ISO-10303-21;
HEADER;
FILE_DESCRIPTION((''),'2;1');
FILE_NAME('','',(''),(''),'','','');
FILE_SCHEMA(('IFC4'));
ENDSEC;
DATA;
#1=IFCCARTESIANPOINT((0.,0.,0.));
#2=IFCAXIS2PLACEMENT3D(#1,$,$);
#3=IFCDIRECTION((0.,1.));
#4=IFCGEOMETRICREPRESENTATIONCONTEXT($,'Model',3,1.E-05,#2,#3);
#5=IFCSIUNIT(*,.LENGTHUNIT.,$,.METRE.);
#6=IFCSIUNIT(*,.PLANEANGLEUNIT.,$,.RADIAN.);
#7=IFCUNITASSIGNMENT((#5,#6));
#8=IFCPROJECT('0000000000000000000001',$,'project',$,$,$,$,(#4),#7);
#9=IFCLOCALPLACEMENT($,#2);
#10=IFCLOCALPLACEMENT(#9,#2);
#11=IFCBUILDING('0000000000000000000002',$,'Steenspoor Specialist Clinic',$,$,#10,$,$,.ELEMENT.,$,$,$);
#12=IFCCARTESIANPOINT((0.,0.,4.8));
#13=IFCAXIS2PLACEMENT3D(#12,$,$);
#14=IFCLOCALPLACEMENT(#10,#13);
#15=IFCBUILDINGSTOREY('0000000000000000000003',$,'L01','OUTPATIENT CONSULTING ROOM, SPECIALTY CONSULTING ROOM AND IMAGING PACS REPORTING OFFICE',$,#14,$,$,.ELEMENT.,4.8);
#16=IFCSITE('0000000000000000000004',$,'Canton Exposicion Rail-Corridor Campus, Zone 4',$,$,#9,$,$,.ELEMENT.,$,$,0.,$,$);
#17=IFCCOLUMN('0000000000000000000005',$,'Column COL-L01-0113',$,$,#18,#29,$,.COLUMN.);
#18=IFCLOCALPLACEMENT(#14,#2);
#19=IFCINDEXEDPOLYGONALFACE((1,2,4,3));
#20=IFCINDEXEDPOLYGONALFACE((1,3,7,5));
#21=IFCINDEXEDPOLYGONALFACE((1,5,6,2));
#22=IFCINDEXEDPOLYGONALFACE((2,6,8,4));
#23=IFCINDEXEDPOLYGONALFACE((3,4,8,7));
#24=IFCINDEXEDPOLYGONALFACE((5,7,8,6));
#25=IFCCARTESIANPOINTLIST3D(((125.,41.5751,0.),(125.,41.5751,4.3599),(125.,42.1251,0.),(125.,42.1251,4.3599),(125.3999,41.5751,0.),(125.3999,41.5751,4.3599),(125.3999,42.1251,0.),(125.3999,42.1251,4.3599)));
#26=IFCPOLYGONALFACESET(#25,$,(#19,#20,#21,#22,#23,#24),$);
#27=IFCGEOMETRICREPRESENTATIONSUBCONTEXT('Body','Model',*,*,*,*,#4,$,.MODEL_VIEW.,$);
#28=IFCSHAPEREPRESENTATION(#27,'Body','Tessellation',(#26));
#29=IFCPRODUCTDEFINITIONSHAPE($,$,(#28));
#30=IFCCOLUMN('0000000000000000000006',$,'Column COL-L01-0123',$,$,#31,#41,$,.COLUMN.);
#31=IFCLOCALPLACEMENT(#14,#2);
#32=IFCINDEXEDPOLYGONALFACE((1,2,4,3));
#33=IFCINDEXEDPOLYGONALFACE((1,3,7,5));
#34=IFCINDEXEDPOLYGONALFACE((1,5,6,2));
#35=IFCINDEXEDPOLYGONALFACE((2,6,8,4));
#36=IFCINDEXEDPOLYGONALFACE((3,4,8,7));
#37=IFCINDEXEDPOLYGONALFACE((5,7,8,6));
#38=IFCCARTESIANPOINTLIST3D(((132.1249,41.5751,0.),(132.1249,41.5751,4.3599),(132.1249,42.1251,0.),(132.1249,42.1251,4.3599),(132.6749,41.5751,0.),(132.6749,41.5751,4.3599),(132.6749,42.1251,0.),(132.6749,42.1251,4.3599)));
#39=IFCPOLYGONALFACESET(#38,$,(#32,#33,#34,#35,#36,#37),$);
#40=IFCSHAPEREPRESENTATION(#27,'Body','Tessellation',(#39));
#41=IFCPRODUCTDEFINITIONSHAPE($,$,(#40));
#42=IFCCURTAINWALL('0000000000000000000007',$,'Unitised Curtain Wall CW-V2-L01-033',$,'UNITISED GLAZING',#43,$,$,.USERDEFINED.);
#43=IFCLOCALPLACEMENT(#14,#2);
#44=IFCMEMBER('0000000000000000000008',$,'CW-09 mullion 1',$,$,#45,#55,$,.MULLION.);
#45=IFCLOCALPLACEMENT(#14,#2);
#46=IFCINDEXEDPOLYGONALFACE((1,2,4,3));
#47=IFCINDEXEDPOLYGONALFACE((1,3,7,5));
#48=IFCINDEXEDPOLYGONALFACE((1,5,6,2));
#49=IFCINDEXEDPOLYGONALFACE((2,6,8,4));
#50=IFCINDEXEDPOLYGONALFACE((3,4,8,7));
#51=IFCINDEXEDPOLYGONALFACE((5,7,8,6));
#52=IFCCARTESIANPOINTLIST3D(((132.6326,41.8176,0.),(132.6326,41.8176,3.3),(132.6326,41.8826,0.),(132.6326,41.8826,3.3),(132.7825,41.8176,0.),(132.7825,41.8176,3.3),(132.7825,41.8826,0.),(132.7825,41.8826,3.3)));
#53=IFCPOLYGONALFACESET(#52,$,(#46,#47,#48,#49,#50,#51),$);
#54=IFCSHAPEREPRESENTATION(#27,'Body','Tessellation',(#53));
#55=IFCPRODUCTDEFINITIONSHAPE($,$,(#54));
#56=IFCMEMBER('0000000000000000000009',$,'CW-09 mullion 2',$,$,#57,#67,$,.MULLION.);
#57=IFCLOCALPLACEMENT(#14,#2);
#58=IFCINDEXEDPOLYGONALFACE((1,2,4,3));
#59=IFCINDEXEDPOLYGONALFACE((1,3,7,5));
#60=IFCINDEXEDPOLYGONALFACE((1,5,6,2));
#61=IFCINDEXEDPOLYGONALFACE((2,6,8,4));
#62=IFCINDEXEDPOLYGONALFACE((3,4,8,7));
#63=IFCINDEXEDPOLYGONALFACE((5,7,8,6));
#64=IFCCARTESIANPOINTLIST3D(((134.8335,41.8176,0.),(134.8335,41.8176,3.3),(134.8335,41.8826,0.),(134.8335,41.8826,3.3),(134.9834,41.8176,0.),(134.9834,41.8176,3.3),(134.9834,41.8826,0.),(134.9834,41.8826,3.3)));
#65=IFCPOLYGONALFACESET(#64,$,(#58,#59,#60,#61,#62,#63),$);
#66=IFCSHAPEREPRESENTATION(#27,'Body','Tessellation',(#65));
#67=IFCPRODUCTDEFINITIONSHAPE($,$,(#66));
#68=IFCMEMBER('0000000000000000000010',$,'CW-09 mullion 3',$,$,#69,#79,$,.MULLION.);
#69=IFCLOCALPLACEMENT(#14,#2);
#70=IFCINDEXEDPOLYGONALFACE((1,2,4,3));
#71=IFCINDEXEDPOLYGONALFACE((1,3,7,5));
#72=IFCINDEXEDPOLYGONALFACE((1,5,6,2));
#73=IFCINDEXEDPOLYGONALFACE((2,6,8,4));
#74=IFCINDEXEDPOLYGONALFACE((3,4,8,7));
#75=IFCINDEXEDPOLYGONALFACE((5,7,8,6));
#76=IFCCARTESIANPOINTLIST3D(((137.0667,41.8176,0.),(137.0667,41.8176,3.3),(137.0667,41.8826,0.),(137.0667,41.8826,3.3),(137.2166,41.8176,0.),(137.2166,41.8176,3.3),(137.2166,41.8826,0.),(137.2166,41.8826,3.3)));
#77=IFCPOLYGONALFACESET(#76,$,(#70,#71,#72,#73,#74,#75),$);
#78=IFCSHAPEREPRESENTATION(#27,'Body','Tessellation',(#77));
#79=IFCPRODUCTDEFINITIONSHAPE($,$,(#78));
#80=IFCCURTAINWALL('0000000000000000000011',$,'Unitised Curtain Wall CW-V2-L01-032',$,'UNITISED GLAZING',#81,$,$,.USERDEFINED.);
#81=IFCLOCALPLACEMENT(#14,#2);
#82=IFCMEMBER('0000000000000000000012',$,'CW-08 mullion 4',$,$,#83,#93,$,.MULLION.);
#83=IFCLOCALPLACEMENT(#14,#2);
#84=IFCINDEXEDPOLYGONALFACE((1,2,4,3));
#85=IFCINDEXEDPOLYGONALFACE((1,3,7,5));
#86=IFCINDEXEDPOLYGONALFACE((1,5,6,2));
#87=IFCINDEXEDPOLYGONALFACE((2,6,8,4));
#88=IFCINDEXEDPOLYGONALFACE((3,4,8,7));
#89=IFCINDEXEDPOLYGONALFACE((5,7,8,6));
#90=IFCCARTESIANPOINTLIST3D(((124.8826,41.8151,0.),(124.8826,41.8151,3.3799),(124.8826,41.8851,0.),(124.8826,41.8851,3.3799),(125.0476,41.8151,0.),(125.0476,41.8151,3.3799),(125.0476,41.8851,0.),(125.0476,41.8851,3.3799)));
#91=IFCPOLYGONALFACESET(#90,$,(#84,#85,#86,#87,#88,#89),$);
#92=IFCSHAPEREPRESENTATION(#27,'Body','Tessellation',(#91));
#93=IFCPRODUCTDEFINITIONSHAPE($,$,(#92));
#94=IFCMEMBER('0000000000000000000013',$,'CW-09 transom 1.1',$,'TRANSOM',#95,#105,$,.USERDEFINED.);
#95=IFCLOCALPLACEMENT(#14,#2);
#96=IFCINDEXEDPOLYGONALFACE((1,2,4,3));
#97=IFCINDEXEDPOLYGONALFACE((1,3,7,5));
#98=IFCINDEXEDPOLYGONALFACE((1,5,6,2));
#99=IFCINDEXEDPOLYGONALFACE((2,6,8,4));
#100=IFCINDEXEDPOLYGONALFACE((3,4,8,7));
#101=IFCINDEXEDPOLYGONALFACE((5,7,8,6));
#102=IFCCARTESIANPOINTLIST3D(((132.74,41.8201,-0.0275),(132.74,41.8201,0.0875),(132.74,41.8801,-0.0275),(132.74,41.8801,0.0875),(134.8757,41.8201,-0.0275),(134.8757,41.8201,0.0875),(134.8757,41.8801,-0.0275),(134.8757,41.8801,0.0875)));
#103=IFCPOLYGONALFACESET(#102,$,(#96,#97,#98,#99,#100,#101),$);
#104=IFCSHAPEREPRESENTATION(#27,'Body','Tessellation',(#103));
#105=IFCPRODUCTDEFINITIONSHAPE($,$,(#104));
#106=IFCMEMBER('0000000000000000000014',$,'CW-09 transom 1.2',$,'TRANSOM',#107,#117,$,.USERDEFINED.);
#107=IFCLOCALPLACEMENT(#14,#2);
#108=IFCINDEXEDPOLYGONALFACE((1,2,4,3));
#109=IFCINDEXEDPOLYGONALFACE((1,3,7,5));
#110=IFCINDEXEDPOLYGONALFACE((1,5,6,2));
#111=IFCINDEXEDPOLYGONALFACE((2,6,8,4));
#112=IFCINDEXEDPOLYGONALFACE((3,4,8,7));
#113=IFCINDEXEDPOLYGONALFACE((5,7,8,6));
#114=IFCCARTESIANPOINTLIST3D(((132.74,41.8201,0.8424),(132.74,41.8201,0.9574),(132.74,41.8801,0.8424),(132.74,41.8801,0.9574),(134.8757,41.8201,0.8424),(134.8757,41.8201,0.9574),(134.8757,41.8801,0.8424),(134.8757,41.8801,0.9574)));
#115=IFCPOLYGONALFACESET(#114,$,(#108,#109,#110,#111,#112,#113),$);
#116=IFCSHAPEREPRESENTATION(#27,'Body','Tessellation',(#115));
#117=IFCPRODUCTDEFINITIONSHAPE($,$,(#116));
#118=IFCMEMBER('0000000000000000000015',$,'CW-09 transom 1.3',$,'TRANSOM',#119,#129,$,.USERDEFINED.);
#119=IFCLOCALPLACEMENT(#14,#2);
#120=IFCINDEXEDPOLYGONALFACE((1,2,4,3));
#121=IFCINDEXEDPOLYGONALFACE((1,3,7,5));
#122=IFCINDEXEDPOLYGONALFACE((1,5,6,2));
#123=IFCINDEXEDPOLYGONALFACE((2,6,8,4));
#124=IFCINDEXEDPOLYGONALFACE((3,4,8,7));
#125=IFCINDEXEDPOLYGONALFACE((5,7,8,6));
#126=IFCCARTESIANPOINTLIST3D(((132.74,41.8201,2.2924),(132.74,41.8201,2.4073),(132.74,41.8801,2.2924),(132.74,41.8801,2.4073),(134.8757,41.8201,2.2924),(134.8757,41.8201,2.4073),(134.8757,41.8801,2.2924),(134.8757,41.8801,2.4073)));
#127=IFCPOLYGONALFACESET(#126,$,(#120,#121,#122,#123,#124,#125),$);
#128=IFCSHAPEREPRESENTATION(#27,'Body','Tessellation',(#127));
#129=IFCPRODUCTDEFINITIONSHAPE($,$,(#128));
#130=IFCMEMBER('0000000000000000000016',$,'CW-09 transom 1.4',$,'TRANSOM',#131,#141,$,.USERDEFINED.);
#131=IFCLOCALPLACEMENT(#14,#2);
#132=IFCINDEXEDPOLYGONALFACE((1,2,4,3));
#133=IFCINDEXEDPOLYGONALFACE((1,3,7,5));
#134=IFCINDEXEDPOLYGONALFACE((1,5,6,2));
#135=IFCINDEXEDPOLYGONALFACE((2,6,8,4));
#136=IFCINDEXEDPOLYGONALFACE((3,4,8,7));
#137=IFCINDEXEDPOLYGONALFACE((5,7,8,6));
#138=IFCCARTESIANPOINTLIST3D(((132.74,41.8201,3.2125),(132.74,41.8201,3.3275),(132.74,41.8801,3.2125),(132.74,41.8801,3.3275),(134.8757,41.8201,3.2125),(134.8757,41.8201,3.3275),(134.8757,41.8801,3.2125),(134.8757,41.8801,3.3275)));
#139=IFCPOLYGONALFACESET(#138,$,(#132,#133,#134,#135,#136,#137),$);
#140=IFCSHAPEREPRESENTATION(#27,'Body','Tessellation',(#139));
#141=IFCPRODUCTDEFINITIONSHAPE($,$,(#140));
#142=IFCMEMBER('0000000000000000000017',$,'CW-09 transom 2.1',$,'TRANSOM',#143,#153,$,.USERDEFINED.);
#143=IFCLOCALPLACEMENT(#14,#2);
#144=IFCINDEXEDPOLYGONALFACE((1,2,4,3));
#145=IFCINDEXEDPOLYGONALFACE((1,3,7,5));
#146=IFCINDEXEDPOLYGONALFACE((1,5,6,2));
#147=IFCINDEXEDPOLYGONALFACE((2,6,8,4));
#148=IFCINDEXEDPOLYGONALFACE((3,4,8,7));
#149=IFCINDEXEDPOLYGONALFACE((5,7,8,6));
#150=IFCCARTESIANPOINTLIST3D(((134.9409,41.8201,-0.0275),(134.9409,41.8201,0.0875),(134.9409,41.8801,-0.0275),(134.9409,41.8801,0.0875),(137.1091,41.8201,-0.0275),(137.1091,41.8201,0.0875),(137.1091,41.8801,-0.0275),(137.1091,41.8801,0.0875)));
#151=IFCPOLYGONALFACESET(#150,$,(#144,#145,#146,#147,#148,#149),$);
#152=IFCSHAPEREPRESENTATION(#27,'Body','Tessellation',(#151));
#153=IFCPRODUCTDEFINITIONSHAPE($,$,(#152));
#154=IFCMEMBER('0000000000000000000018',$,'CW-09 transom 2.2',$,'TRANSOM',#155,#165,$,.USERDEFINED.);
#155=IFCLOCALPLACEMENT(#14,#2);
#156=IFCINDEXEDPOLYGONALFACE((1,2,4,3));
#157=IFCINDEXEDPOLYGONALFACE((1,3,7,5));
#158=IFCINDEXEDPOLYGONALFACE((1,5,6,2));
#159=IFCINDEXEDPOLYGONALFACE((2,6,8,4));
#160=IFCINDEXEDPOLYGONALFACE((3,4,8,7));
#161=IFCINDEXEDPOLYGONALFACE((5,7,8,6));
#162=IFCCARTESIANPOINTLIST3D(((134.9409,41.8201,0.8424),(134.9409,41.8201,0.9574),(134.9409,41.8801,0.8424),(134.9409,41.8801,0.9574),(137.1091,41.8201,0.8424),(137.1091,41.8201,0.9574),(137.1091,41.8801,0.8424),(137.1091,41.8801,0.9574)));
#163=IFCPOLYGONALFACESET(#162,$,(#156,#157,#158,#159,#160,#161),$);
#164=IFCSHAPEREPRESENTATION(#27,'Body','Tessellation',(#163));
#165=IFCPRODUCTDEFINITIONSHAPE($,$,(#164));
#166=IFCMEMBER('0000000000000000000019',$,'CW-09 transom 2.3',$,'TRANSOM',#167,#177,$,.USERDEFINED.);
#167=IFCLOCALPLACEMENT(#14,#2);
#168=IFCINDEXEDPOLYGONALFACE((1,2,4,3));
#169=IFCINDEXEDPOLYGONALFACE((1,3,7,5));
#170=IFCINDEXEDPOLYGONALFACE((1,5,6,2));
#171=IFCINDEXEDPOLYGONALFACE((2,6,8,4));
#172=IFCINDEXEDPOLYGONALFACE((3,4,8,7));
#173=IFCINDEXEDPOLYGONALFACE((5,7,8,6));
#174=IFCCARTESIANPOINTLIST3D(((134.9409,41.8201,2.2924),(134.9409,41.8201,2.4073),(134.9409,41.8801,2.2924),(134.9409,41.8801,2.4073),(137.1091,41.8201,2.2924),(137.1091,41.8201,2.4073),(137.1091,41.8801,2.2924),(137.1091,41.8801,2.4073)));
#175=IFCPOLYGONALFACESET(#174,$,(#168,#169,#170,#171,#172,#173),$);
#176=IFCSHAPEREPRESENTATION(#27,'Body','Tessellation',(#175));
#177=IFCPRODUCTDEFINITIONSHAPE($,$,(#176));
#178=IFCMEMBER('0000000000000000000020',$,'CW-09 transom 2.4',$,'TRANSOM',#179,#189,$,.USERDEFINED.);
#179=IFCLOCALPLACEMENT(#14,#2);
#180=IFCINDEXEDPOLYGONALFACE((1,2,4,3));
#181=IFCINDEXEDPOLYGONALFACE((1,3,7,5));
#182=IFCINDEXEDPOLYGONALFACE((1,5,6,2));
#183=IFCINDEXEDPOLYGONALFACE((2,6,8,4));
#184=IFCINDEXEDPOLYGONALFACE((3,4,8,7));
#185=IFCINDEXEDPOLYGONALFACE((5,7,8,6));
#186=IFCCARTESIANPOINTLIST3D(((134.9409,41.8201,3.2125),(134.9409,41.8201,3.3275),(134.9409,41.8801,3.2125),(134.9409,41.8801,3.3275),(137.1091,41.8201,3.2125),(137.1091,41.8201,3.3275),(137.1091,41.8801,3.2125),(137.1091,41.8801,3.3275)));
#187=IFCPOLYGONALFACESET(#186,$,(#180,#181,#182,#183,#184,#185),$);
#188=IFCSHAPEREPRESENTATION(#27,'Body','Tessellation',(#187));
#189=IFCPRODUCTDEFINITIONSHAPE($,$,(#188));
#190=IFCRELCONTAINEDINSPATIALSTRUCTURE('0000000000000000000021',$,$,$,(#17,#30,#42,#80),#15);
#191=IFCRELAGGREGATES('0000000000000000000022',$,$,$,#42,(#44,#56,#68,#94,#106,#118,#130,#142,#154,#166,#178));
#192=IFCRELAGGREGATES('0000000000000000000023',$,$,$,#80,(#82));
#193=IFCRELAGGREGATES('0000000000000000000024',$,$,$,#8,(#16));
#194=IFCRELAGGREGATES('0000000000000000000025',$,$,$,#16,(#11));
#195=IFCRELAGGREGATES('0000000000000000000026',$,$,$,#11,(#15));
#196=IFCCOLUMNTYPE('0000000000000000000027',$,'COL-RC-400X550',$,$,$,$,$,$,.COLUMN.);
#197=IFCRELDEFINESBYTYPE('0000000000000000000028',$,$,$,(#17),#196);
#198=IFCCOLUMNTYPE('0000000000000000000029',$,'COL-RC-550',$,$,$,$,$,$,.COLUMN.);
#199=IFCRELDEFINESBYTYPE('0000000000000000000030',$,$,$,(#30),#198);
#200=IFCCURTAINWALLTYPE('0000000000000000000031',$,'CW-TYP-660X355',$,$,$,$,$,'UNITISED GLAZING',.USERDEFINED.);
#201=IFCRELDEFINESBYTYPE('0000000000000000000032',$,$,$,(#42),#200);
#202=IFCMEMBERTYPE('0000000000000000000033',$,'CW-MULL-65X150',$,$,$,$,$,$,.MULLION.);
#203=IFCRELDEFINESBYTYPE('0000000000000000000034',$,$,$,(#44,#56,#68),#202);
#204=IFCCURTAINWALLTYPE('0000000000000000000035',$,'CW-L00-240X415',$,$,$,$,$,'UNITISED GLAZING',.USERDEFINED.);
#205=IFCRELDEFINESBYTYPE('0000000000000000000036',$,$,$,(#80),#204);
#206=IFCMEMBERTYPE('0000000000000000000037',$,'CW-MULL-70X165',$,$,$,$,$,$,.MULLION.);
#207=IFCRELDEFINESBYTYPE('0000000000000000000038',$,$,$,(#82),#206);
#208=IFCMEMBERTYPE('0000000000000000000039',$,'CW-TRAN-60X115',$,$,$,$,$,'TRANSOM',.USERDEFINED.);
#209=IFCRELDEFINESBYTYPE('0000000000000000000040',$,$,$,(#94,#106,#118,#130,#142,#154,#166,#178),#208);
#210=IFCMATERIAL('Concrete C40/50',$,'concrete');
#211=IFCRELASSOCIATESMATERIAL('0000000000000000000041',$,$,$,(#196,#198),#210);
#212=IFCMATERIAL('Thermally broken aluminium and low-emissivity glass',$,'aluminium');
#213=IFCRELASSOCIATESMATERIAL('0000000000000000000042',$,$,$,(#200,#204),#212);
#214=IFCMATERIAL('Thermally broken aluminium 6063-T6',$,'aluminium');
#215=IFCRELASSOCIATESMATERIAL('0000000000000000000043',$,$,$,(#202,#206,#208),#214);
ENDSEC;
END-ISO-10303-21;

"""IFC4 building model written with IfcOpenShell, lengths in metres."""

from ifc_helpers import new_model, si_unit, direction, frame, origin, origin_2d, place, context, subcontext, project, spatial, rectangle, extrude, material, material_profile, profile_set, type_object, element, aggregate, save


model = new_model("IFC4")

# Units and contexts
model_context = context("Model", 3, precision=1e-05, world=origin(), true_north=direction((0.0, 1.0)))
body_context = subcontext(model_context, "Body", "Model", "MODEL_VIEW")
ifc_project = project(units=[si_unit("LENGTHUNIT", "METRE"), si_unit("PLANEANGLEUNIT", "RADIAN")], contexts=[model_context])

# Site, building, storey
site_placement = place(None, origin())
site = spatial("IfcSite", under=ifc_project, at=site_placement, Name="Canton Exposicion Rail-Corridor Campus, Zone 4", CompositionType="ELEMENT", RefElevation=0.0)
building_placement = place(site_placement, origin())
building = spatial("IfcBuilding", under=site, at=building_placement, Name="Steenspoor Specialist Clinic", CompositionType="ELEMENT")
storey_placement = place(building_placement, frame((0.0, 0.0, 4.8)))
storey = spatial("IfcBuildingStorey", under=building, at=storey_placement, Name="L01", Description="OUTPATIENT CONSULTING ROOM, SPECIALTY CONSULTING ROOM AND IMAGING PACS REPORTING OFFICE", CompositionType="ELEMENT", Elevation=4.8)

# Columns
ifc_material_1 = material(Name="Concrete C40/50", Category="concrete")
ifc_material_profile_1 = material_profile(ifc_material_1, rectangle(XDim=0.3999, YDim=0.55, at=origin_2d()), Name="RC-COL-400X550")
ifc_profile_set_1 = profile_set([ifc_material_profile_1], Name="Concrete C40/50")
column_type_1 = type_object("IfcColumnType", Name="COL-RC-400X550", PredefinedType="COLUMN", material=ifc_profile_set_1)
column_1_placement = place(storey_placement, frame((125.2, 41.8501, 0.0), z_axis=(0.0, 0.0, 1.0), x_axis=(1.0, 0.0, 0.0)))
element("IfcColumn", 1, at=column_1_placement, inside=storey, type_object=column_type_1, Name="Column COL-L01-0113", PredefinedType="COLUMN", context=body_context, shape_type="SweptSolid", body=[
    extrude(rectangle(XDim=0.3999, YDim=0.55, at=origin_2d()), origin(), (0.0, 0.0, 1.0), 4.3599),
])
ifc_material_profile_2 = material_profile(ifc_material_1, rectangle(XDim=0.55, YDim=0.55, at=origin_2d()), Name="RC-COL-550X550")
ifc_profile_set_2 = profile_set([ifc_material_profile_2], Name="Concrete C40/50")
column_type_2 = type_object("IfcColumnType", Name="COL-RC-550", PredefinedType="COLUMN", material=ifc_profile_set_2)
column_2_placement = place(storey_placement, frame((132.3999, 41.8501, 0.0), z_axis=(0.0, 0.0, 1.0), x_axis=(1.0, 0.0, 0.0)))
element("IfcColumn", 2, at=column_2_placement, inside=storey, type_object=column_type_2, Name="Column COL-L01-0123", PredefinedType="COLUMN", context=body_context, shape_type="SweptSolid", body=[
    extrude(rectangle(XDim=0.55, YDim=0.55, at=origin_2d()), origin(), (0.0, 0.0, 1.0), 4.3599),
])

# Curtain wall, members
ifc_material_2 = material(Name="Thermally broken aluminium and low-emissivity glass", Category="aluminium")
curtain_wall_type_1 = type_object("IfcCurtainWallType", Name="CW-TYP-660X355", ElementType="UNITISED GLAZING", PredefinedType="USERDEFINED", material=ifc_material_2)
curtain_wall_1_placement = place(storey_placement, origin())
curtain_wall_1 = element("IfcCurtainWall", 3, at=curtain_wall_1_placement, inside=storey, type_object=curtain_wall_type_1, Name="Unitised Curtain Wall CW-V2-L01-033", ObjectType="UNITISED GLAZING", PredefinedType="USERDEFINED")
ifc_material_3 = material(Name="Thermally broken aluminium 6063-T6", Category="aluminium")
ifc_material_profile_3 = material_profile(ifc_material_3, rectangle(XDim=0.0649, YDim=0.1499, at=origin_2d()), Name="CWM-65X150")
ifc_profile_set_3 = profile_set([ifc_material_profile_3], Name="Thermally broken aluminium 6063-T6")
member_type_1 = type_object("IfcMemberType", Name="CW-MULL-65X150", PredefinedType="MULLION", material=ifc_profile_set_3)
member_1_placement = place(storey_placement, frame((132.7075, 41.8501, 0.0), z_axis=(0.0, 0.0, 1.0), x_axis=(0.0, 1.0, 0.0)))
member_1 = element("IfcMember", 4, at=member_1_placement, type_object=member_type_1, Name="CW-09 mullion 1", PredefinedType="MULLION", context=body_context, shape_type="SweptSolid", body=[
    extrude(rectangle(XDim=0.0649, YDim=0.1499, at=origin_2d()), origin(), (0.0, 0.0, 1.0), 3.3),
])
member_2_placement = place(storey_placement, frame((134.9084, 41.8501, 0.0), z_axis=(0.0, 0.0, 1.0), x_axis=(0.0, 1.0, 0.0)))
member_2 = element("IfcMember", 5, at=member_2_placement, type_object=member_type_1, Name="CW-09 mullion 2", PredefinedType="MULLION", context=body_context, shape_type="SweptSolid", body=[
    extrude(rectangle(XDim=0.0649, YDim=0.1499, at=origin_2d()), origin(), (0.0, 0.0, 1.0), 3.3),
])
member_3_placement = place(storey_placement, frame((137.1416, 41.8501, 0.0), z_axis=(0.0, 0.0, 1.0), x_axis=(0.0, 1.0, 0.0)))
member_3 = element("IfcMember", 6, at=member_3_placement, type_object=member_type_1, Name="CW-09 mullion 3", PredefinedType="MULLION", context=body_context, shape_type="SweptSolid", body=[
    extrude(rectangle(XDim=0.0649, YDim=0.1499, at=origin_2d()), origin(), (0.0, 0.0, 1.0), 3.3),
])

# Curtain wall, member
curtain_wall_type_2 = type_object("IfcCurtainWallType", Name="CW-L00-240X415", ElementType="UNITISED GLAZING", PredefinedType="USERDEFINED", material=ifc_material_2)
curtain_wall_2_placement = place(storey_placement, origin())
curtain_wall_2 = element("IfcCurtainWall", 7, at=curtain_wall_2_placement, inside=storey, type_object=curtain_wall_type_2, Name="Unitised Curtain Wall CW-V2-L01-032", ObjectType="UNITISED GLAZING", PredefinedType="USERDEFINED")
ifc_material_profile_4 = material_profile(ifc_material_3, rectangle(XDim=0.0701, YDim=0.165, at=origin_2d()), Name="CWM-70X165")
ifc_profile_set_4 = profile_set([ifc_material_profile_4], Name="Thermally broken aluminium 6063-T6")
member_type_2 = type_object("IfcMemberType", Name="CW-MULL-70X165", PredefinedType="MULLION", material=ifc_profile_set_4)
member_4_placement = place(storey_placement, frame((124.9651, 41.8501, 0.0), z_axis=(0.0, 0.0, 1.0), x_axis=(0.0, 1.0, 0.0)))
member_4 = element("IfcMember", 8, at=member_4_placement, type_object=member_type_2, Name="CW-08 mullion 4", PredefinedType="MULLION", context=body_context, shape_type="SweptSolid", body=[
    extrude(rectangle(XDim=0.0701, YDim=0.165, at=origin_2d()), origin(), (0.0, 0.0, 1.0), 3.3799),
])

# Members
ifc_material_profile_5 = material_profile(ifc_material_3, rectangle(XDim=0.0601, YDim=0.115, at=origin_2d()), Name="CWT-60X115")
ifc_profile_set_5 = profile_set([ifc_material_profile_5], Name="Thermally broken aluminium 6063-T6")
member_type_3 = type_object("IfcMemberType", Name="CW-TRAN-60X115", ElementType="TRANSOM", PredefinedType="USERDEFINED", material=ifc_profile_set_5)
member_5_placement = place(storey_placement, frame((132.74, 41.8501, 0.03), z_axis=(1.0, 0.0, 0.0), x_axis=(0.0, 1.0, 0.0)))
member_5 = element("IfcMember", 9, at=member_5_placement, type_object=member_type_3, Name="CW-09 transom 1.1", ObjectType="TRANSOM", PredefinedType="USERDEFINED", context=body_context, shape_type="SweptSolid", body=[
    extrude(rectangle(XDim=0.0601, YDim=0.115, at=origin_2d()), origin(), (0.0, 0.0, 1.0), 2.1357),
])
member_6_placement = place(storey_placement, frame((132.74, 41.8501, 0.8999), z_axis=(1.0, 0.0, 0.0), x_axis=(0.0, 1.0, 0.0)))
member_6 = element("IfcMember", 10, at=member_6_placement, type_object=member_type_3, Name="CW-09 transom 1.2", ObjectType="TRANSOM", PredefinedType="USERDEFINED", context=body_context, shape_type="SweptSolid", body=[
    extrude(rectangle(XDim=0.0601, YDim=0.115, at=origin_2d()), origin(), (0.0, 0.0, 1.0), 2.1357),
])
member_7_placement = place(storey_placement, frame((132.74, 41.8501, 2.3499), z_axis=(1.0, 0.0, 0.0), x_axis=(0.0, 1.0, 0.0)))
member_7 = element("IfcMember", 11, at=member_7_placement, type_object=member_type_3, Name="CW-09 transom 1.3", ObjectType="TRANSOM", PredefinedType="USERDEFINED", context=body_context, shape_type="SweptSolid", body=[
    extrude(rectangle(XDim=0.0601, YDim=0.115, at=origin_2d()), origin(), (0.0, 0.0, 1.0), 2.1357),
])
member_8_placement = place(storey_placement, frame((132.74, 41.8501, 3.27), z_axis=(1.0, 0.0, 0.0), x_axis=(0.0, 1.0, 0.0)))
member_8 = element("IfcMember", 12, at=member_8_placement, type_object=member_type_3, Name="CW-09 transom 1.4", ObjectType="TRANSOM", PredefinedType="USERDEFINED", context=body_context, shape_type="SweptSolid", body=[
    extrude(rectangle(XDim=0.0601, YDim=0.115, at=origin_2d()), origin(), (0.0, 0.0, 1.0), 2.1357),
])
member_9_placement = place(storey_placement, frame((134.9409, 41.8501, 0.03), z_axis=(1.0, 0.0, 0.0), x_axis=(0.0, 1.0, 0.0)))
member_9 = element("IfcMember", 13, at=member_9_placement, type_object=member_type_3, Name="CW-09 transom 2.1", ObjectType="TRANSOM", PredefinedType="USERDEFINED", context=body_context, shape_type="SweptSolid", body=[
    extrude(rectangle(XDim=0.0601, YDim=0.115, at=origin_2d()), origin(), (0.0, 0.0, 1.0), 2.1682),
])
member_10_placement = place(storey_placement, frame((134.9409, 41.8501, 0.8999), z_axis=(1.0, 0.0, 0.0), x_axis=(0.0, 1.0, 0.0)))
member_10 = element("IfcMember", 14, at=member_10_placement, type_object=member_type_3, Name="CW-09 transom 2.2", ObjectType="TRANSOM", PredefinedType="USERDEFINED", context=body_context, shape_type="SweptSolid", body=[
    extrude(rectangle(XDim=0.0601, YDim=0.115, at=origin_2d()), origin(), (0.0, 0.0, 1.0), 2.1682),
])
member_11_placement = place(storey_placement, frame((134.9409, 41.8501, 2.3499), z_axis=(1.0, 0.0, 0.0), x_axis=(0.0, 1.0, 0.0)))
member_11 = element("IfcMember", 15, at=member_11_placement, type_object=member_type_3, Name="CW-09 transom 2.3", ObjectType="TRANSOM", PredefinedType="USERDEFINED", context=body_context, shape_type="SweptSolid", body=[
    extrude(rectangle(XDim=0.0601, YDim=0.115, at=origin_2d()), origin(), (0.0, 0.0, 1.0), 2.1682),
])
member_12_placement = place(storey_placement, frame((134.9409, 41.8501, 3.27), z_axis=(1.0, 0.0, 0.0), x_axis=(0.0, 1.0, 0.0)))
member_12 = element("IfcMember", 16, at=member_12_placement, type_object=member_type_3, Name="CW-09 transom 2.4", ObjectType="TRANSOM", PredefinedType="USERDEFINED", context=body_context, shape_type="SweptSolid", body=[
    extrude(rectangle(XDim=0.0601, YDim=0.115, at=origin_2d()), origin(), (0.0, 0.0, 1.0), 2.1682),
])

aggregate(curtain_wall_1, [member_1, member_2, member_3, member_5, member_6, member_7, member_8, member_9, member_10, member_11, member_12])
aggregate(curtain_wall_2, [member_4])

save(model, "model.ifc")
